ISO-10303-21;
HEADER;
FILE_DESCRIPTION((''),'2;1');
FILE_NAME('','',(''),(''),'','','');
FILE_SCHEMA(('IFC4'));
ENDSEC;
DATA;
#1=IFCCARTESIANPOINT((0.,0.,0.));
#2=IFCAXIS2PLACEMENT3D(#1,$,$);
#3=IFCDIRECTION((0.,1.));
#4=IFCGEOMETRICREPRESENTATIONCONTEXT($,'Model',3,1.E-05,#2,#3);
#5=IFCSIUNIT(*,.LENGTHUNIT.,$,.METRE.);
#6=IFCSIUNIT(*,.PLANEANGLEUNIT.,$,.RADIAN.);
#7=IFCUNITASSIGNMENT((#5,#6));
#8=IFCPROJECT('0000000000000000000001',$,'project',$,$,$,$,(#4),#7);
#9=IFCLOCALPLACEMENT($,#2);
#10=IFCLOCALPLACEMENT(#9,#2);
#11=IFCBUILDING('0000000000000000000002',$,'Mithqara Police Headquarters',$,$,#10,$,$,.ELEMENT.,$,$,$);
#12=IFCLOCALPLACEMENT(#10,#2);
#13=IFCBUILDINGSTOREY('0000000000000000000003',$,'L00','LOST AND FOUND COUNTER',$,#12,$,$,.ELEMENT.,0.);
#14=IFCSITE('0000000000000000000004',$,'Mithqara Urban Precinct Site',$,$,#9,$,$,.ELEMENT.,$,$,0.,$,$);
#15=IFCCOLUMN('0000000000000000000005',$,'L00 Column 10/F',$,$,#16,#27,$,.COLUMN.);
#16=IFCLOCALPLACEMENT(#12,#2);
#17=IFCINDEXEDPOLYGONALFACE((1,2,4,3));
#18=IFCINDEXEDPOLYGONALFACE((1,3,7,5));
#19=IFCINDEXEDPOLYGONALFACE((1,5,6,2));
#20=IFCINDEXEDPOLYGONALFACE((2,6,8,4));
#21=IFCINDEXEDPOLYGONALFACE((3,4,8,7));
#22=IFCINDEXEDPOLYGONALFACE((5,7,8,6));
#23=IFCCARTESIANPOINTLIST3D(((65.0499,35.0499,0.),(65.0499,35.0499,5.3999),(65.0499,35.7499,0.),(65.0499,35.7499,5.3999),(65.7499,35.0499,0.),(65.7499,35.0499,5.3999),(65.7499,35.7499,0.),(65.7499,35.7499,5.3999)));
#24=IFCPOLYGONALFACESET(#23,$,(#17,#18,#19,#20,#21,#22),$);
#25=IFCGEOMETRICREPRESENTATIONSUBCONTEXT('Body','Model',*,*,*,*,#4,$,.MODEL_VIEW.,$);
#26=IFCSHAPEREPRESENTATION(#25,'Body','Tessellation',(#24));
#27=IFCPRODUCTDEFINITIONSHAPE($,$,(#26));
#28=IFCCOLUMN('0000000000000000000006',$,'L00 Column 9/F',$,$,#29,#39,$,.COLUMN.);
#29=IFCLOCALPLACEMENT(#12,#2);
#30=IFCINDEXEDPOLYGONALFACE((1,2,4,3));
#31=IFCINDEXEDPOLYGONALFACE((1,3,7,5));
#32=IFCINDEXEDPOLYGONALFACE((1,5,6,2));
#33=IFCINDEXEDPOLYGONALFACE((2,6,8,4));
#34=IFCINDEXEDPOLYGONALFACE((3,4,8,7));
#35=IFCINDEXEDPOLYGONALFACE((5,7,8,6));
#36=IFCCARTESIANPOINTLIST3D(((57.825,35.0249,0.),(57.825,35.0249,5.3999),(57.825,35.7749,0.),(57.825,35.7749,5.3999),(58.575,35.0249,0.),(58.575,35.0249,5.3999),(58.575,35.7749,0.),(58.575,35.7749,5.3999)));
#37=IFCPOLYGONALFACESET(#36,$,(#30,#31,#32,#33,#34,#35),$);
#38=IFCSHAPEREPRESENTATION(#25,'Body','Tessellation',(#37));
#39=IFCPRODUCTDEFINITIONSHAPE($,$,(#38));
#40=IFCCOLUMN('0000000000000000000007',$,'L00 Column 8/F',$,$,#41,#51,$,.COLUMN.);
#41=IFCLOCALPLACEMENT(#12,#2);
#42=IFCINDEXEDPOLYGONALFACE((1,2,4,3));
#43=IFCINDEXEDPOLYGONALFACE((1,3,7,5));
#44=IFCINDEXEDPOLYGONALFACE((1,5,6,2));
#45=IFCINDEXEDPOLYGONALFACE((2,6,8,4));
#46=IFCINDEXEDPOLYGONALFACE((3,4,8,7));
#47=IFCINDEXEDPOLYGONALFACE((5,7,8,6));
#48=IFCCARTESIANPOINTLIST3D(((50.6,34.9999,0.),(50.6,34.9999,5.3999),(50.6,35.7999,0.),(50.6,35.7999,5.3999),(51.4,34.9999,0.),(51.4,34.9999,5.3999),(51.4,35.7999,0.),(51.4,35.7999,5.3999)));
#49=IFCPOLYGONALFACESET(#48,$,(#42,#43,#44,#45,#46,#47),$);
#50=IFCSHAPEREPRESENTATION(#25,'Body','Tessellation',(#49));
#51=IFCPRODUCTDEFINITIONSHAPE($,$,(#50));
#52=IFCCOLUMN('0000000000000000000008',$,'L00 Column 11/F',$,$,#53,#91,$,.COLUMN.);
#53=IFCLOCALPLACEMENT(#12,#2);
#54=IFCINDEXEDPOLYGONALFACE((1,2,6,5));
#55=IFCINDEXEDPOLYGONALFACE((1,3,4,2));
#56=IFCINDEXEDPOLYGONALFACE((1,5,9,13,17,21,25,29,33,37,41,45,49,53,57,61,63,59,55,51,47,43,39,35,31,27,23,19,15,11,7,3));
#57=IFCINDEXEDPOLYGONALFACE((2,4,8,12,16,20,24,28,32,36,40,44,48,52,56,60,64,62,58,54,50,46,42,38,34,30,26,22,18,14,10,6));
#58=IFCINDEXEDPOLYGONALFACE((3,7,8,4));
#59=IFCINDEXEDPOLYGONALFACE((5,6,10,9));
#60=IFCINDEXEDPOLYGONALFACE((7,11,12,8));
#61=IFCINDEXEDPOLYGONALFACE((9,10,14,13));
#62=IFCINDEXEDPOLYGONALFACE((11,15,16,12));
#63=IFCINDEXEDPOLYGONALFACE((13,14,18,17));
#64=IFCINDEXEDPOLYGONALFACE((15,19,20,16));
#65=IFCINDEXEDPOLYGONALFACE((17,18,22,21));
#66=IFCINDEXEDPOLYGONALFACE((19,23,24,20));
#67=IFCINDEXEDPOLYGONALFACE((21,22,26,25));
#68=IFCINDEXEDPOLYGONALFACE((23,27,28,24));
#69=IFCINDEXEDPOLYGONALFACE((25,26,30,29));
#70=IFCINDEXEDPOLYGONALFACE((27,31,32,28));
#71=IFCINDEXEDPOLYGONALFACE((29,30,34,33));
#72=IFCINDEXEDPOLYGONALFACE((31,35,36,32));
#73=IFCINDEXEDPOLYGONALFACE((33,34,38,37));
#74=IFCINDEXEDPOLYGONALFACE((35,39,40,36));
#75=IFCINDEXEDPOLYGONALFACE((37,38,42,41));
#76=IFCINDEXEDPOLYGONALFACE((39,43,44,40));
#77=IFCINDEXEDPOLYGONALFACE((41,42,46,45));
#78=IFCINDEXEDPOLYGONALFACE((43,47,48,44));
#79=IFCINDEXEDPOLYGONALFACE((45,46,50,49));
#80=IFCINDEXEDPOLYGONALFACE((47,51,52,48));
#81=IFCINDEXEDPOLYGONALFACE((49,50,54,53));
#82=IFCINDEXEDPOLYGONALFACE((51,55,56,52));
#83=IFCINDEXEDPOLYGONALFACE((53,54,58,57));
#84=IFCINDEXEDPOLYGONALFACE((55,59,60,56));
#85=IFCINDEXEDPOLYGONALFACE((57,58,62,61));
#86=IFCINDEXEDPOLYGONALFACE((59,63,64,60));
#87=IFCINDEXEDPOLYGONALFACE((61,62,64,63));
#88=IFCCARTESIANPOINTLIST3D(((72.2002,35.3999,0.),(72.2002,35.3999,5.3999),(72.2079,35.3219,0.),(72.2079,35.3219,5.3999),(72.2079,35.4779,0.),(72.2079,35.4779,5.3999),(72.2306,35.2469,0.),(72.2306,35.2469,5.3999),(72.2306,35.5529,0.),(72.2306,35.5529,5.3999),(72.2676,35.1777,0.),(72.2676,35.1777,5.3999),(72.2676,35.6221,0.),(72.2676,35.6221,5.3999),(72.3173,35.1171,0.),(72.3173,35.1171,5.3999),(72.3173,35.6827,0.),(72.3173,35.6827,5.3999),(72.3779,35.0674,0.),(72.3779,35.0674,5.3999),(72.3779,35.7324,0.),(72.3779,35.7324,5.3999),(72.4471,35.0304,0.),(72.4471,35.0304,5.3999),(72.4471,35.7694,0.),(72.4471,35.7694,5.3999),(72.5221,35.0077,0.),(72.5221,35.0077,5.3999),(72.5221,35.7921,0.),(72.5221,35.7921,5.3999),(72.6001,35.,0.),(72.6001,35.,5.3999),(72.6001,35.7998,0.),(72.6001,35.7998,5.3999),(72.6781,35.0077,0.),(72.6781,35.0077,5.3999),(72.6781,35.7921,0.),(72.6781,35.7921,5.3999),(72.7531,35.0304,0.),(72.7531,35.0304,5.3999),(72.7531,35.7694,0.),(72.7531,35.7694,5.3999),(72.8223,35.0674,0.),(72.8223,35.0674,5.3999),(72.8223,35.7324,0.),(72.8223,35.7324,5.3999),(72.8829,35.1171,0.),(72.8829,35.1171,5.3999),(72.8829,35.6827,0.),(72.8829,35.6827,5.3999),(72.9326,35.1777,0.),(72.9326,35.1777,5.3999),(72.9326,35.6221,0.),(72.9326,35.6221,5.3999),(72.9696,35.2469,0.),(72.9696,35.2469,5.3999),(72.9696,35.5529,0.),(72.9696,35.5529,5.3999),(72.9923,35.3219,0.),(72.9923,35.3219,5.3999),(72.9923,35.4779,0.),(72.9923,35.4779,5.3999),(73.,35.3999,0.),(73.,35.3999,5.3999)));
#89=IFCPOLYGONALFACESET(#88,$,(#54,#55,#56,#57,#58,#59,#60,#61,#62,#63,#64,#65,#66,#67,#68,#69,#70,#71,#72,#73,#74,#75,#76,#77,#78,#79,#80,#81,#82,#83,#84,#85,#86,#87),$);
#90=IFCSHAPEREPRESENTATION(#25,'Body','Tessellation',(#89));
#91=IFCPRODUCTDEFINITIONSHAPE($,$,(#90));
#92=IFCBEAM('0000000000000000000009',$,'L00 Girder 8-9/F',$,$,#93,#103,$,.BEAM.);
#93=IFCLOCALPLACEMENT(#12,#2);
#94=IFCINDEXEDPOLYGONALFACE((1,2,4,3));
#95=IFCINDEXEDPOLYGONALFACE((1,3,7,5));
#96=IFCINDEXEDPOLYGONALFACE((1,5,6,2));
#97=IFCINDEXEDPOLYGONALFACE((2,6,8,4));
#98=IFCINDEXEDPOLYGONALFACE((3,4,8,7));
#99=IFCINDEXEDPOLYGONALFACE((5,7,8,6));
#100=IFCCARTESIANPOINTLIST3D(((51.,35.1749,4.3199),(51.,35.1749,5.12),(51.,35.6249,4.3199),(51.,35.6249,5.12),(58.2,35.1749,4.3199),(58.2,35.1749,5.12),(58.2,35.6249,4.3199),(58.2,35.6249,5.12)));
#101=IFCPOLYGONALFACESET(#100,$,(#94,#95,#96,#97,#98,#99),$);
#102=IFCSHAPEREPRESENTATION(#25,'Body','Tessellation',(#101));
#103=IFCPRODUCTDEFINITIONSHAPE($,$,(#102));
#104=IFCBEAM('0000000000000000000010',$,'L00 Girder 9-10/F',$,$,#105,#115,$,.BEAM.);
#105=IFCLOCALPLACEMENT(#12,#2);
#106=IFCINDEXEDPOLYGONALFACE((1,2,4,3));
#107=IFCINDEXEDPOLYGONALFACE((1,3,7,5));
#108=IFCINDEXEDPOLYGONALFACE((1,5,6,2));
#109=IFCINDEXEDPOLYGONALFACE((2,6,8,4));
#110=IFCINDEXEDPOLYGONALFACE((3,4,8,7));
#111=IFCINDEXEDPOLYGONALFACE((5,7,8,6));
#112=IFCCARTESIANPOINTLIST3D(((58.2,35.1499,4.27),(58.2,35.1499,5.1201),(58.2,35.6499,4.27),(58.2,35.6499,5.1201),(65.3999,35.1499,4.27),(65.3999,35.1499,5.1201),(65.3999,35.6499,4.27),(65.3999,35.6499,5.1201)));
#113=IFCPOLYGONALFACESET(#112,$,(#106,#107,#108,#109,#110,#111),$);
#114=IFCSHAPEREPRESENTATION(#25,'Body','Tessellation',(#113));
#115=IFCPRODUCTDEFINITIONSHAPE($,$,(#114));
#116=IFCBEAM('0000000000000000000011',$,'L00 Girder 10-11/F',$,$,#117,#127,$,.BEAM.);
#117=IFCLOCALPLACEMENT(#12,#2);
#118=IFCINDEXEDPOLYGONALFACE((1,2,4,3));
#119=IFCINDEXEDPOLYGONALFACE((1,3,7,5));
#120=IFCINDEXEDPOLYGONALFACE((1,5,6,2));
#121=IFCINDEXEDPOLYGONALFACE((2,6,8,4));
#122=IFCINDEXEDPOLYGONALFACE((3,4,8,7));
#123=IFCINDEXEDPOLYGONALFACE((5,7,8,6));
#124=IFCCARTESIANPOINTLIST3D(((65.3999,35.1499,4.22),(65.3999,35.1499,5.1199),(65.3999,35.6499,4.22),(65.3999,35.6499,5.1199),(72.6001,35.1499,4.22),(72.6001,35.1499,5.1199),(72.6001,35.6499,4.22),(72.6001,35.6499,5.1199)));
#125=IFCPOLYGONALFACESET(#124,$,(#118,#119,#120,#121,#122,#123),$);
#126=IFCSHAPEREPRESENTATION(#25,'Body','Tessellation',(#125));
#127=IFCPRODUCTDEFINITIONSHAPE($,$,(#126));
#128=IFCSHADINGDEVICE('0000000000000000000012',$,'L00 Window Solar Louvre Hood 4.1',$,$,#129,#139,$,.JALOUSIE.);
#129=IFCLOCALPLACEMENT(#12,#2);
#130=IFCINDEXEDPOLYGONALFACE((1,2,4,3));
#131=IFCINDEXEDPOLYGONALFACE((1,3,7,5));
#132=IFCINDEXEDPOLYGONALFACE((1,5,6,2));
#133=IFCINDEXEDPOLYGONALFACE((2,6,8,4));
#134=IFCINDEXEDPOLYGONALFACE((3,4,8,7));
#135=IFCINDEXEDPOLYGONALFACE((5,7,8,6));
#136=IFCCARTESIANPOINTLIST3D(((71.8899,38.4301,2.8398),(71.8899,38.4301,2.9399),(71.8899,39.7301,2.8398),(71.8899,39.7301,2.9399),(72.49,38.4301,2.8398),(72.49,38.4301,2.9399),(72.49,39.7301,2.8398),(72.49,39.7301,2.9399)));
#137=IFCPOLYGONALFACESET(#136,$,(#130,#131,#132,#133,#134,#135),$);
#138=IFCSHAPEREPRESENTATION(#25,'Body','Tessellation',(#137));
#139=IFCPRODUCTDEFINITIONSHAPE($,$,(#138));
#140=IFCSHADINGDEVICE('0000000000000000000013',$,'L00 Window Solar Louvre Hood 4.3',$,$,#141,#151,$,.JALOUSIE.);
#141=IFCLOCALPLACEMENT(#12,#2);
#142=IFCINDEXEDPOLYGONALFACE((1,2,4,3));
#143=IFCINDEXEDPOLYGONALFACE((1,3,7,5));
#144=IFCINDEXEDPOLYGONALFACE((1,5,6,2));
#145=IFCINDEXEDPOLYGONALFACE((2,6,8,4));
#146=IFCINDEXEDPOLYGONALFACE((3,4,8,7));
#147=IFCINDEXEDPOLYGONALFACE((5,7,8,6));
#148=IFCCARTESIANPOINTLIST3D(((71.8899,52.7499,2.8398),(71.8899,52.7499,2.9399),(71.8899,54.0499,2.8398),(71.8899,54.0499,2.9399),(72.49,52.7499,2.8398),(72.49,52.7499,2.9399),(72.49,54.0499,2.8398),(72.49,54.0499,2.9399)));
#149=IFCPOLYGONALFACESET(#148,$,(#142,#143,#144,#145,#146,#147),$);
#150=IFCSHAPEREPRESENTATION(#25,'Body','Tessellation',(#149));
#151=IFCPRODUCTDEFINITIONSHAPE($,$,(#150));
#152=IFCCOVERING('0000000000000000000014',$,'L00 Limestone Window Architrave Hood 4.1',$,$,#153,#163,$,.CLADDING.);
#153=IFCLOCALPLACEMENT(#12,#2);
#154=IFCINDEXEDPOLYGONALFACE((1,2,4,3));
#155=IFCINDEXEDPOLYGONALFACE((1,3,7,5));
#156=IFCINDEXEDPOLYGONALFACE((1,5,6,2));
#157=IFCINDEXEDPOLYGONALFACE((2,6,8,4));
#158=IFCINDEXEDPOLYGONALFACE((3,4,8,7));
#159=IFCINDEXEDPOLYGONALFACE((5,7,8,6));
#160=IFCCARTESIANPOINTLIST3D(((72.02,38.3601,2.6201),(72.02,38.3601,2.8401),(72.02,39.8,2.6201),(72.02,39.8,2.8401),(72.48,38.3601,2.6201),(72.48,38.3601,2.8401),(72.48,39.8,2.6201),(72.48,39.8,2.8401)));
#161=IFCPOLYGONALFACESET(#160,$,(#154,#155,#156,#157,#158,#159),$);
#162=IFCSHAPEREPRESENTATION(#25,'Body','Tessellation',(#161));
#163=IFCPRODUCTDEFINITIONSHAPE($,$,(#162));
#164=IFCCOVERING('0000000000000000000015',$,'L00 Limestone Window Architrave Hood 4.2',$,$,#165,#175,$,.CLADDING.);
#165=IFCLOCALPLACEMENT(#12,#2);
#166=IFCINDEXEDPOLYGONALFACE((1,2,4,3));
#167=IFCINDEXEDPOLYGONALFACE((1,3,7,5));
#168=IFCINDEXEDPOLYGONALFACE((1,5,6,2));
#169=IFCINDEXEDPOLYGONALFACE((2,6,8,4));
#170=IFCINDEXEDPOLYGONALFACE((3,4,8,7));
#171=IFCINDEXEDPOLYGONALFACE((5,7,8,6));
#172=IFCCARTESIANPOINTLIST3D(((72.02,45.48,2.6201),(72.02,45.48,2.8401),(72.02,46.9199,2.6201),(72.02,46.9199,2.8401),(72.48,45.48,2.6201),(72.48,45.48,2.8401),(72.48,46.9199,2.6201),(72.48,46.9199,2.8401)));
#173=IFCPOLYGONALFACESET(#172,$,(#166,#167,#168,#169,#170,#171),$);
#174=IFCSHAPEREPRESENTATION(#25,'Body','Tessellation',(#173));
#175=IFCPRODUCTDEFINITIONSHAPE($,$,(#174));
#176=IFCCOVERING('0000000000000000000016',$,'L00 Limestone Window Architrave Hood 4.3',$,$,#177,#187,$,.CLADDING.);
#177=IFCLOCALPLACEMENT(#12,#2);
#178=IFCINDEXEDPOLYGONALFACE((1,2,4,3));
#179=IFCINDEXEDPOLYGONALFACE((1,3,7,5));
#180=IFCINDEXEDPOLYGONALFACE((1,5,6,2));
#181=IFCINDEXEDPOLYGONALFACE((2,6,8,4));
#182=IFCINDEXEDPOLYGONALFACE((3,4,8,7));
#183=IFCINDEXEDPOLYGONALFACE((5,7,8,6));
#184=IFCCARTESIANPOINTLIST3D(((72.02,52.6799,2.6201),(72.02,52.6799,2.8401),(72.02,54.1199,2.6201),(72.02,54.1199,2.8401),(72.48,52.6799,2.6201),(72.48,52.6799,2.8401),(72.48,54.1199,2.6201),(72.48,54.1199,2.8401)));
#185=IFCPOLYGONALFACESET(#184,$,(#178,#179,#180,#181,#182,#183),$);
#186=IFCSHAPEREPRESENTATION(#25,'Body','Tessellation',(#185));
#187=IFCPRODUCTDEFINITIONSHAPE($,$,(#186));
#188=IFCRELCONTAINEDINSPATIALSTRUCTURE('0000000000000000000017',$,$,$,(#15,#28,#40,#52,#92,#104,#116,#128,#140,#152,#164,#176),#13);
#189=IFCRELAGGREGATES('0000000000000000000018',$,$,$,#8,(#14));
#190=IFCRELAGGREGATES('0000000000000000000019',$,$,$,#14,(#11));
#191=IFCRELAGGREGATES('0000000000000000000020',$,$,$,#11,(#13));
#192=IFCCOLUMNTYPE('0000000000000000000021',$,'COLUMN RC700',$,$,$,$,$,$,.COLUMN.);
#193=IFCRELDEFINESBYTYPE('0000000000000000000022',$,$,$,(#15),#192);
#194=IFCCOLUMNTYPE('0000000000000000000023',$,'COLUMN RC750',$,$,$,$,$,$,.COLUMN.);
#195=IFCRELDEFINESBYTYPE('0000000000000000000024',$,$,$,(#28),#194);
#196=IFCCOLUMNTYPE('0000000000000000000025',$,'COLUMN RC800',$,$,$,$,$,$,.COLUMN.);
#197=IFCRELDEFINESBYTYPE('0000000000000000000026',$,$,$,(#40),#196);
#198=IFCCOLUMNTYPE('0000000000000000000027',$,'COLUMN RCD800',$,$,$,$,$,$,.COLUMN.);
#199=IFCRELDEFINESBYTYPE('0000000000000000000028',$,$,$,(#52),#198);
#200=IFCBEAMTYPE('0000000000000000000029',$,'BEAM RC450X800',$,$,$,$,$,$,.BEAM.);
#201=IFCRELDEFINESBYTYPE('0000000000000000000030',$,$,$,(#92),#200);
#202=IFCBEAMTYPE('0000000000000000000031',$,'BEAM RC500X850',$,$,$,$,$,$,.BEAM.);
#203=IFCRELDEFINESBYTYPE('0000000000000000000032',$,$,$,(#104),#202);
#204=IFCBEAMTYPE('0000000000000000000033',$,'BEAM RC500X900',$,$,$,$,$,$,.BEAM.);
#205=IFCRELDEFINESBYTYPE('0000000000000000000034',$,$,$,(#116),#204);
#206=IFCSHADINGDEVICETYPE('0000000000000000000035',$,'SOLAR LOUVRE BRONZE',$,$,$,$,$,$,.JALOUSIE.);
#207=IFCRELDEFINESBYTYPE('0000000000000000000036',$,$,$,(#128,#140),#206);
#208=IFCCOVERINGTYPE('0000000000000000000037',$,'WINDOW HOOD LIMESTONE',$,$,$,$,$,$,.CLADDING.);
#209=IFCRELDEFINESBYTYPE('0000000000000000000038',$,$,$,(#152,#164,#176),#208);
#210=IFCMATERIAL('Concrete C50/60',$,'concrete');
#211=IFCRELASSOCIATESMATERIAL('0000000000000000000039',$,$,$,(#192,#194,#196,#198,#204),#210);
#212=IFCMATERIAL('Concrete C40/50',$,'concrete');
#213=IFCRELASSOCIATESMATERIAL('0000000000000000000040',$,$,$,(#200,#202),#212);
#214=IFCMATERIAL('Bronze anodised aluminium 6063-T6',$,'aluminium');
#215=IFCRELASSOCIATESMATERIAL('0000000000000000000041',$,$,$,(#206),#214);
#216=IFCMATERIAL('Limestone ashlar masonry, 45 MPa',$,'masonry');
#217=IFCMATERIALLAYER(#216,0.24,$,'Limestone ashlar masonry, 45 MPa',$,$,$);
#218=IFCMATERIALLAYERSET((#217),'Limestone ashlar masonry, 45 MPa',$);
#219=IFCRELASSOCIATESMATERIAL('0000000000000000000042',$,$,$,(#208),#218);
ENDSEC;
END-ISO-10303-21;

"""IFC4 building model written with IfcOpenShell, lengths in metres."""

from ifc_helpers import new_model, si_unit, direction, frame, origin, origin_2d, place, context, subcontext, project, spatial, rectangle, circle, extrude, material, layer, layer_set, material_profile, profile_set, type_object, element, save


model = new_model("IFC4")

# Units and contexts
model_context = context("Model", 3, precision=1e-05, world=origin(), true_north=direction((0.0, 1.0)))
body_context = subcontext(model_context, "Body", "Model", "MODEL_VIEW")
ifc_project = project(units=[si_unit("LENGTHUNIT", "METRE"), si_unit("PLANEANGLEUNIT", "RADIAN")], contexts=[model_context])

# Site, building, storey
site_placement = place(None, origin())
site = spatial("IfcSite", under=ifc_project, at=site_placement, Name="Mithqara Urban Precinct Site", CompositionType="ELEMENT", RefElevation=0.0)
building_placement = place(site_placement, origin())
building = spatial("IfcBuilding", under=site, at=building_placement, Name="Mithqara Police Headquarters", CompositionType="ELEMENT")
storey_placement = place(building_placement, origin())
storey = spatial("IfcBuildingStorey", under=building, at=storey_placement, Name="L00", Description="LOST AND FOUND COUNTER", CompositionType="ELEMENT", Elevation=0.0)

# Columns
ifc_material_1 = material(Name="Concrete C50/60", Category="concrete")
ifc_material_profile_1 = material_profile(ifc_material_1, rectangle(XDim=0.7, YDim=0.7, at=origin_2d()), Name="RC 700x700")
ifc_profile_set_1 = profile_set([ifc_material_profile_1], Name="Concrete C50/60")
column_type_1 = type_object("IfcColumnType", Name="COLUMN RC700", PredefinedType="COLUMN", material=ifc_profile_set_1)
column_1_placement = place(storey_placement, frame((65.3999, 35.3999, 0.0), z_axis=(0.0, 0.0, 1.0), x_axis=(1.0, 0.0, 0.0)))
element("IfcColumn", 1, at=column_1_placement, inside=storey, type_object=column_type_1, Name="L00 Column 10/F", PredefinedType="COLUMN", context=body_context, shape_type="SweptSolid", body=[
    extrude(rectangle(XDim=0.7, YDim=0.7, at=origin_2d()), origin(), (0.0, 0.0, 1.0), 5.3999),
])
ifc_material_profile_2 = material_profile(ifc_material_1, rectangle(XDim=0.75, YDim=0.75, at=origin_2d()), Name="RC 750x750")
ifc_profile_set_2 = profile_set([ifc_material_profile_2], Name="Concrete C50/60")
column_type_2 = type_object("IfcColumnType", Name="COLUMN RC750", PredefinedType="COLUMN", material=ifc_profile_set_2)
column_2_placement = place(storey_placement, frame((58.2, 35.3999, 0.0), z_axis=(0.0, 0.0, 1.0), x_axis=(1.0, 0.0, 0.0)))
element("IfcColumn", 2, at=column_2_placement, inside=storey, type_object=column_type_2, Name="L00 Column 9/F", PredefinedType="COLUMN", context=body_context, shape_type="SweptSolid", body=[
    extrude(rectangle(XDim=0.75, YDim=0.75, at=origin_2d()), origin(), (0.0, 0.0, 1.0), 5.3999),
])
ifc_material_profile_3 = material_profile(ifc_material_1, rectangle(XDim=0.8, YDim=0.8, at=origin_2d()), Name="RC 800x800")
ifc_profile_set_3 = profile_set([ifc_material_profile_3], Name="Concrete C50/60")
column_type_3 = type_object("IfcColumnType", Name="COLUMN RC800", PredefinedType="COLUMN", material=ifc_profile_set_3)
column_3_placement = place(storey_placement, frame((51.0, 35.3999, 0.0), z_axis=(0.0, 0.0, 1.0), x_axis=(1.0, 0.0, 0.0)))
element("IfcColumn", 3, at=column_3_placement, inside=storey, type_object=column_type_3, Name="L00 Column 8/F", PredefinedType="COLUMN", context=body_context, shape_type="SweptSolid", body=[
    extrude(rectangle(XDim=0.8, YDim=0.8, at=origin_2d()), origin(), (0.0, 0.0, 1.0), 5.3999),
])
ifc_material_profile_4 = material_profile(ifc_material_1, circle(Radius=0.3999, at=origin_2d()), Name="RCD 800")
ifc_profile_set_4 = profile_set([ifc_material_profile_4], Name="Concrete C50/60")
column_type_4 = type_object("IfcColumnType", Name="COLUMN RCD800", PredefinedType="COLUMN", material=ifc_profile_set_4)
column_4_placement = place(storey_placement, frame((72.6001, 35.3999, 0.0), z_axis=(0.0, 0.0, 1.0), x_axis=(1.0, 0.0, 0.0)))
element("IfcColumn", 4, at=column_4_placement, inside=storey, type_object=column_type_4, Name="L00 Column 11/F", PredefinedType="COLUMN", context=body_context, shape_type="SweptSolid", body=[
    extrude(circle(Radius=0.3999, at=origin_2d()), origin(), (0.0, 0.0, 1.0), 5.3999),
])

# Beams
ifc_material_2 = material(Name="Concrete C40/50", Category="concrete")
ifc_material_profile_5 = material_profile(ifc_material_2, rectangle(XDim=0.45, YDim=0.8, at=origin_2d()), Name="RC 450x800")
ifc_profile_set_5 = profile_set([ifc_material_profile_5], Name="Concrete C40/50")
beam_type_1 = type_object("IfcBeamType", Name="BEAM RC450X800", PredefinedType="BEAM", material=ifc_profile_set_5)
beam_1_placement = place(storey_placement, frame((51.0, 35.3999, 4.72), z_axis=(1.0, 0.0, 0.0), x_axis=(0.0, 1.0, 0.0)))
element("IfcBeam", 5, at=beam_1_placement, inside=storey, type_object=beam_type_1, Name="L00 Girder 8-9/F", PredefinedType="BEAM", context=body_context, shape_type="SweptSolid", body=[
    extrude(rectangle(XDim=0.45, YDim=0.8, at=origin_2d()), origin(), (0.0, 0.0, 1.0), 7.2),
])
ifc_material_profile_6 = material_profile(ifc_material_2, rectangle(XDim=0.5, YDim=0.8501, at=origin_2d()), Name="RC 500x850")
ifc_profile_set_6 = profile_set([ifc_material_profile_6], Name="Concrete C40/50")
beam_type_2 = type_object("IfcBeamType", Name="BEAM RC500X850", PredefinedType="BEAM", material=ifc_profile_set_6)
beam_2_placement = place(storey_placement, frame((58.2, 35.3999, 4.6951), z_axis=(1.0, 0.0, 0.0), x_axis=(0.0, 1.0, 0.0)))
element("IfcBeam", 6, at=beam_2_placement, inside=storey, type_object=beam_type_2, Name="L00 Girder 9-10/F", PredefinedType="BEAM", context=body_context, shape_type="SweptSolid", body=[
    extrude(rectangle(XDim=0.5, YDim=0.8501, at=origin_2d()), origin(), (0.0, 0.0, 1.0), 7.2),
])
ifc_material_profile_7 = material_profile(ifc_material_1, rectangle(XDim=0.5, YDim=0.8999, at=origin_2d()), Name="RC 500x900")
ifc_profile_set_7 = profile_set([ifc_material_profile_7], Name="Concrete C50/60")
beam_type_3 = type_object("IfcBeamType", Name="BEAM RC500X900", PredefinedType="BEAM", material=ifc_profile_set_7)
beam_3_placement = place(storey_placement, frame((65.3999, 35.3999, 4.6699), z_axis=(1.0, 0.0, 0.0), x_axis=(0.0, 1.0, 0.0)))
element("IfcBeam", 7, at=beam_3_placement, inside=storey, type_object=beam_type_3, Name="L00 Girder 10-11/F", PredefinedType="BEAM", context=body_context, shape_type="SweptSolid", body=[
    extrude(rectangle(XDim=0.5, YDim=0.8999, at=origin_2d()), origin(), (0.0, 0.0, 1.0), 7.2002),
])

# Shading devices
ifc_material_3 = material(Name="Bronze anodised aluminium 6063-T6", Category="aluminium")
shading_device_type = type_object("IfcShadingDeviceType", Name="SOLAR LOUVRE BRONZE", PredefinedType="JALOUSIE", material=ifc_material_3)
for number, where, z_axis, x_axis, name in (
    (8, (72.1899, 39.0801, 2.8398), (0.0, 0.0, 1.0), (0.0, 1.0, 0.0), "L00 Window Solar Louvre Hood 4.1"),
    (9, (72.1899, 53.3999, 2.8398), (0.0, 0.0, 1.0), (0.0, 1.0, 0.0), "L00 Window Solar Louvre Hood 4.3"),
):
    element("IfcShadingDevice", number, at=place(storey_placement, frame(where, z_axis=z_axis, x_axis=x_axis)), inside=storey, type_object=shading_device_type, Name=name, PredefinedType="JALOUSIE", context=body_context, shape_type="SweptSolid", body=[
        extrude(rectangle(XDim=1.3, YDim=0.6001, at=origin_2d()), origin(), (0.0, 0.0, 1.0), 0.1001),
    ])

# Coverings
ifc_material_4 = material(Name="Limestone ashlar masonry, 45 MPa", Category="masonry")
ifc_layer = layer(ifc_material_4, 0.24, Name="Limestone ashlar masonry, 45 MPa")
ifc_layer_set = layer_set([ifc_layer], Name="Limestone ashlar masonry, 45 MPa")
covering_type = type_object("IfcCoveringType", Name="WINDOW HOOD LIMESTONE", PredefinedType="CLADDING", material=ifc_layer_set)
for number, where, z_axis, x_axis, name in (
    (10, (72.25, 39.0801, 2.6201), (0.0, 0.0, 1.0), (0.0, 1.0, 0.0), "L00 Limestone Window Architrave Hood 4.1"),
    (11, (72.25, 46.2, 2.6201), (0.0, 0.0, 1.0), (0.0, 1.0, 0.0), "L00 Limestone Window Architrave Hood 4.2"),
    (12, (72.25, 53.3999, 2.6201), (0.0, 0.0, 1.0), (0.0, 1.0, 0.0), "L00 Limestone Window Architrave Hood 4.3"),
):
    element("IfcCovering", number, at=place(storey_placement, frame(where, z_axis=z_axis, x_axis=x_axis)), inside=storey, type_object=covering_type, Name=name, PredefinedType="CLADDING", context=body_context, shape_type="SweptSolid", body=[
        extrude(rectangle(XDim=1.4399, YDim=0.46, at=origin_2d()), origin(), (0.0, 0.0, 1.0), 0.22),
    ])

save(model, "model.ifc")
